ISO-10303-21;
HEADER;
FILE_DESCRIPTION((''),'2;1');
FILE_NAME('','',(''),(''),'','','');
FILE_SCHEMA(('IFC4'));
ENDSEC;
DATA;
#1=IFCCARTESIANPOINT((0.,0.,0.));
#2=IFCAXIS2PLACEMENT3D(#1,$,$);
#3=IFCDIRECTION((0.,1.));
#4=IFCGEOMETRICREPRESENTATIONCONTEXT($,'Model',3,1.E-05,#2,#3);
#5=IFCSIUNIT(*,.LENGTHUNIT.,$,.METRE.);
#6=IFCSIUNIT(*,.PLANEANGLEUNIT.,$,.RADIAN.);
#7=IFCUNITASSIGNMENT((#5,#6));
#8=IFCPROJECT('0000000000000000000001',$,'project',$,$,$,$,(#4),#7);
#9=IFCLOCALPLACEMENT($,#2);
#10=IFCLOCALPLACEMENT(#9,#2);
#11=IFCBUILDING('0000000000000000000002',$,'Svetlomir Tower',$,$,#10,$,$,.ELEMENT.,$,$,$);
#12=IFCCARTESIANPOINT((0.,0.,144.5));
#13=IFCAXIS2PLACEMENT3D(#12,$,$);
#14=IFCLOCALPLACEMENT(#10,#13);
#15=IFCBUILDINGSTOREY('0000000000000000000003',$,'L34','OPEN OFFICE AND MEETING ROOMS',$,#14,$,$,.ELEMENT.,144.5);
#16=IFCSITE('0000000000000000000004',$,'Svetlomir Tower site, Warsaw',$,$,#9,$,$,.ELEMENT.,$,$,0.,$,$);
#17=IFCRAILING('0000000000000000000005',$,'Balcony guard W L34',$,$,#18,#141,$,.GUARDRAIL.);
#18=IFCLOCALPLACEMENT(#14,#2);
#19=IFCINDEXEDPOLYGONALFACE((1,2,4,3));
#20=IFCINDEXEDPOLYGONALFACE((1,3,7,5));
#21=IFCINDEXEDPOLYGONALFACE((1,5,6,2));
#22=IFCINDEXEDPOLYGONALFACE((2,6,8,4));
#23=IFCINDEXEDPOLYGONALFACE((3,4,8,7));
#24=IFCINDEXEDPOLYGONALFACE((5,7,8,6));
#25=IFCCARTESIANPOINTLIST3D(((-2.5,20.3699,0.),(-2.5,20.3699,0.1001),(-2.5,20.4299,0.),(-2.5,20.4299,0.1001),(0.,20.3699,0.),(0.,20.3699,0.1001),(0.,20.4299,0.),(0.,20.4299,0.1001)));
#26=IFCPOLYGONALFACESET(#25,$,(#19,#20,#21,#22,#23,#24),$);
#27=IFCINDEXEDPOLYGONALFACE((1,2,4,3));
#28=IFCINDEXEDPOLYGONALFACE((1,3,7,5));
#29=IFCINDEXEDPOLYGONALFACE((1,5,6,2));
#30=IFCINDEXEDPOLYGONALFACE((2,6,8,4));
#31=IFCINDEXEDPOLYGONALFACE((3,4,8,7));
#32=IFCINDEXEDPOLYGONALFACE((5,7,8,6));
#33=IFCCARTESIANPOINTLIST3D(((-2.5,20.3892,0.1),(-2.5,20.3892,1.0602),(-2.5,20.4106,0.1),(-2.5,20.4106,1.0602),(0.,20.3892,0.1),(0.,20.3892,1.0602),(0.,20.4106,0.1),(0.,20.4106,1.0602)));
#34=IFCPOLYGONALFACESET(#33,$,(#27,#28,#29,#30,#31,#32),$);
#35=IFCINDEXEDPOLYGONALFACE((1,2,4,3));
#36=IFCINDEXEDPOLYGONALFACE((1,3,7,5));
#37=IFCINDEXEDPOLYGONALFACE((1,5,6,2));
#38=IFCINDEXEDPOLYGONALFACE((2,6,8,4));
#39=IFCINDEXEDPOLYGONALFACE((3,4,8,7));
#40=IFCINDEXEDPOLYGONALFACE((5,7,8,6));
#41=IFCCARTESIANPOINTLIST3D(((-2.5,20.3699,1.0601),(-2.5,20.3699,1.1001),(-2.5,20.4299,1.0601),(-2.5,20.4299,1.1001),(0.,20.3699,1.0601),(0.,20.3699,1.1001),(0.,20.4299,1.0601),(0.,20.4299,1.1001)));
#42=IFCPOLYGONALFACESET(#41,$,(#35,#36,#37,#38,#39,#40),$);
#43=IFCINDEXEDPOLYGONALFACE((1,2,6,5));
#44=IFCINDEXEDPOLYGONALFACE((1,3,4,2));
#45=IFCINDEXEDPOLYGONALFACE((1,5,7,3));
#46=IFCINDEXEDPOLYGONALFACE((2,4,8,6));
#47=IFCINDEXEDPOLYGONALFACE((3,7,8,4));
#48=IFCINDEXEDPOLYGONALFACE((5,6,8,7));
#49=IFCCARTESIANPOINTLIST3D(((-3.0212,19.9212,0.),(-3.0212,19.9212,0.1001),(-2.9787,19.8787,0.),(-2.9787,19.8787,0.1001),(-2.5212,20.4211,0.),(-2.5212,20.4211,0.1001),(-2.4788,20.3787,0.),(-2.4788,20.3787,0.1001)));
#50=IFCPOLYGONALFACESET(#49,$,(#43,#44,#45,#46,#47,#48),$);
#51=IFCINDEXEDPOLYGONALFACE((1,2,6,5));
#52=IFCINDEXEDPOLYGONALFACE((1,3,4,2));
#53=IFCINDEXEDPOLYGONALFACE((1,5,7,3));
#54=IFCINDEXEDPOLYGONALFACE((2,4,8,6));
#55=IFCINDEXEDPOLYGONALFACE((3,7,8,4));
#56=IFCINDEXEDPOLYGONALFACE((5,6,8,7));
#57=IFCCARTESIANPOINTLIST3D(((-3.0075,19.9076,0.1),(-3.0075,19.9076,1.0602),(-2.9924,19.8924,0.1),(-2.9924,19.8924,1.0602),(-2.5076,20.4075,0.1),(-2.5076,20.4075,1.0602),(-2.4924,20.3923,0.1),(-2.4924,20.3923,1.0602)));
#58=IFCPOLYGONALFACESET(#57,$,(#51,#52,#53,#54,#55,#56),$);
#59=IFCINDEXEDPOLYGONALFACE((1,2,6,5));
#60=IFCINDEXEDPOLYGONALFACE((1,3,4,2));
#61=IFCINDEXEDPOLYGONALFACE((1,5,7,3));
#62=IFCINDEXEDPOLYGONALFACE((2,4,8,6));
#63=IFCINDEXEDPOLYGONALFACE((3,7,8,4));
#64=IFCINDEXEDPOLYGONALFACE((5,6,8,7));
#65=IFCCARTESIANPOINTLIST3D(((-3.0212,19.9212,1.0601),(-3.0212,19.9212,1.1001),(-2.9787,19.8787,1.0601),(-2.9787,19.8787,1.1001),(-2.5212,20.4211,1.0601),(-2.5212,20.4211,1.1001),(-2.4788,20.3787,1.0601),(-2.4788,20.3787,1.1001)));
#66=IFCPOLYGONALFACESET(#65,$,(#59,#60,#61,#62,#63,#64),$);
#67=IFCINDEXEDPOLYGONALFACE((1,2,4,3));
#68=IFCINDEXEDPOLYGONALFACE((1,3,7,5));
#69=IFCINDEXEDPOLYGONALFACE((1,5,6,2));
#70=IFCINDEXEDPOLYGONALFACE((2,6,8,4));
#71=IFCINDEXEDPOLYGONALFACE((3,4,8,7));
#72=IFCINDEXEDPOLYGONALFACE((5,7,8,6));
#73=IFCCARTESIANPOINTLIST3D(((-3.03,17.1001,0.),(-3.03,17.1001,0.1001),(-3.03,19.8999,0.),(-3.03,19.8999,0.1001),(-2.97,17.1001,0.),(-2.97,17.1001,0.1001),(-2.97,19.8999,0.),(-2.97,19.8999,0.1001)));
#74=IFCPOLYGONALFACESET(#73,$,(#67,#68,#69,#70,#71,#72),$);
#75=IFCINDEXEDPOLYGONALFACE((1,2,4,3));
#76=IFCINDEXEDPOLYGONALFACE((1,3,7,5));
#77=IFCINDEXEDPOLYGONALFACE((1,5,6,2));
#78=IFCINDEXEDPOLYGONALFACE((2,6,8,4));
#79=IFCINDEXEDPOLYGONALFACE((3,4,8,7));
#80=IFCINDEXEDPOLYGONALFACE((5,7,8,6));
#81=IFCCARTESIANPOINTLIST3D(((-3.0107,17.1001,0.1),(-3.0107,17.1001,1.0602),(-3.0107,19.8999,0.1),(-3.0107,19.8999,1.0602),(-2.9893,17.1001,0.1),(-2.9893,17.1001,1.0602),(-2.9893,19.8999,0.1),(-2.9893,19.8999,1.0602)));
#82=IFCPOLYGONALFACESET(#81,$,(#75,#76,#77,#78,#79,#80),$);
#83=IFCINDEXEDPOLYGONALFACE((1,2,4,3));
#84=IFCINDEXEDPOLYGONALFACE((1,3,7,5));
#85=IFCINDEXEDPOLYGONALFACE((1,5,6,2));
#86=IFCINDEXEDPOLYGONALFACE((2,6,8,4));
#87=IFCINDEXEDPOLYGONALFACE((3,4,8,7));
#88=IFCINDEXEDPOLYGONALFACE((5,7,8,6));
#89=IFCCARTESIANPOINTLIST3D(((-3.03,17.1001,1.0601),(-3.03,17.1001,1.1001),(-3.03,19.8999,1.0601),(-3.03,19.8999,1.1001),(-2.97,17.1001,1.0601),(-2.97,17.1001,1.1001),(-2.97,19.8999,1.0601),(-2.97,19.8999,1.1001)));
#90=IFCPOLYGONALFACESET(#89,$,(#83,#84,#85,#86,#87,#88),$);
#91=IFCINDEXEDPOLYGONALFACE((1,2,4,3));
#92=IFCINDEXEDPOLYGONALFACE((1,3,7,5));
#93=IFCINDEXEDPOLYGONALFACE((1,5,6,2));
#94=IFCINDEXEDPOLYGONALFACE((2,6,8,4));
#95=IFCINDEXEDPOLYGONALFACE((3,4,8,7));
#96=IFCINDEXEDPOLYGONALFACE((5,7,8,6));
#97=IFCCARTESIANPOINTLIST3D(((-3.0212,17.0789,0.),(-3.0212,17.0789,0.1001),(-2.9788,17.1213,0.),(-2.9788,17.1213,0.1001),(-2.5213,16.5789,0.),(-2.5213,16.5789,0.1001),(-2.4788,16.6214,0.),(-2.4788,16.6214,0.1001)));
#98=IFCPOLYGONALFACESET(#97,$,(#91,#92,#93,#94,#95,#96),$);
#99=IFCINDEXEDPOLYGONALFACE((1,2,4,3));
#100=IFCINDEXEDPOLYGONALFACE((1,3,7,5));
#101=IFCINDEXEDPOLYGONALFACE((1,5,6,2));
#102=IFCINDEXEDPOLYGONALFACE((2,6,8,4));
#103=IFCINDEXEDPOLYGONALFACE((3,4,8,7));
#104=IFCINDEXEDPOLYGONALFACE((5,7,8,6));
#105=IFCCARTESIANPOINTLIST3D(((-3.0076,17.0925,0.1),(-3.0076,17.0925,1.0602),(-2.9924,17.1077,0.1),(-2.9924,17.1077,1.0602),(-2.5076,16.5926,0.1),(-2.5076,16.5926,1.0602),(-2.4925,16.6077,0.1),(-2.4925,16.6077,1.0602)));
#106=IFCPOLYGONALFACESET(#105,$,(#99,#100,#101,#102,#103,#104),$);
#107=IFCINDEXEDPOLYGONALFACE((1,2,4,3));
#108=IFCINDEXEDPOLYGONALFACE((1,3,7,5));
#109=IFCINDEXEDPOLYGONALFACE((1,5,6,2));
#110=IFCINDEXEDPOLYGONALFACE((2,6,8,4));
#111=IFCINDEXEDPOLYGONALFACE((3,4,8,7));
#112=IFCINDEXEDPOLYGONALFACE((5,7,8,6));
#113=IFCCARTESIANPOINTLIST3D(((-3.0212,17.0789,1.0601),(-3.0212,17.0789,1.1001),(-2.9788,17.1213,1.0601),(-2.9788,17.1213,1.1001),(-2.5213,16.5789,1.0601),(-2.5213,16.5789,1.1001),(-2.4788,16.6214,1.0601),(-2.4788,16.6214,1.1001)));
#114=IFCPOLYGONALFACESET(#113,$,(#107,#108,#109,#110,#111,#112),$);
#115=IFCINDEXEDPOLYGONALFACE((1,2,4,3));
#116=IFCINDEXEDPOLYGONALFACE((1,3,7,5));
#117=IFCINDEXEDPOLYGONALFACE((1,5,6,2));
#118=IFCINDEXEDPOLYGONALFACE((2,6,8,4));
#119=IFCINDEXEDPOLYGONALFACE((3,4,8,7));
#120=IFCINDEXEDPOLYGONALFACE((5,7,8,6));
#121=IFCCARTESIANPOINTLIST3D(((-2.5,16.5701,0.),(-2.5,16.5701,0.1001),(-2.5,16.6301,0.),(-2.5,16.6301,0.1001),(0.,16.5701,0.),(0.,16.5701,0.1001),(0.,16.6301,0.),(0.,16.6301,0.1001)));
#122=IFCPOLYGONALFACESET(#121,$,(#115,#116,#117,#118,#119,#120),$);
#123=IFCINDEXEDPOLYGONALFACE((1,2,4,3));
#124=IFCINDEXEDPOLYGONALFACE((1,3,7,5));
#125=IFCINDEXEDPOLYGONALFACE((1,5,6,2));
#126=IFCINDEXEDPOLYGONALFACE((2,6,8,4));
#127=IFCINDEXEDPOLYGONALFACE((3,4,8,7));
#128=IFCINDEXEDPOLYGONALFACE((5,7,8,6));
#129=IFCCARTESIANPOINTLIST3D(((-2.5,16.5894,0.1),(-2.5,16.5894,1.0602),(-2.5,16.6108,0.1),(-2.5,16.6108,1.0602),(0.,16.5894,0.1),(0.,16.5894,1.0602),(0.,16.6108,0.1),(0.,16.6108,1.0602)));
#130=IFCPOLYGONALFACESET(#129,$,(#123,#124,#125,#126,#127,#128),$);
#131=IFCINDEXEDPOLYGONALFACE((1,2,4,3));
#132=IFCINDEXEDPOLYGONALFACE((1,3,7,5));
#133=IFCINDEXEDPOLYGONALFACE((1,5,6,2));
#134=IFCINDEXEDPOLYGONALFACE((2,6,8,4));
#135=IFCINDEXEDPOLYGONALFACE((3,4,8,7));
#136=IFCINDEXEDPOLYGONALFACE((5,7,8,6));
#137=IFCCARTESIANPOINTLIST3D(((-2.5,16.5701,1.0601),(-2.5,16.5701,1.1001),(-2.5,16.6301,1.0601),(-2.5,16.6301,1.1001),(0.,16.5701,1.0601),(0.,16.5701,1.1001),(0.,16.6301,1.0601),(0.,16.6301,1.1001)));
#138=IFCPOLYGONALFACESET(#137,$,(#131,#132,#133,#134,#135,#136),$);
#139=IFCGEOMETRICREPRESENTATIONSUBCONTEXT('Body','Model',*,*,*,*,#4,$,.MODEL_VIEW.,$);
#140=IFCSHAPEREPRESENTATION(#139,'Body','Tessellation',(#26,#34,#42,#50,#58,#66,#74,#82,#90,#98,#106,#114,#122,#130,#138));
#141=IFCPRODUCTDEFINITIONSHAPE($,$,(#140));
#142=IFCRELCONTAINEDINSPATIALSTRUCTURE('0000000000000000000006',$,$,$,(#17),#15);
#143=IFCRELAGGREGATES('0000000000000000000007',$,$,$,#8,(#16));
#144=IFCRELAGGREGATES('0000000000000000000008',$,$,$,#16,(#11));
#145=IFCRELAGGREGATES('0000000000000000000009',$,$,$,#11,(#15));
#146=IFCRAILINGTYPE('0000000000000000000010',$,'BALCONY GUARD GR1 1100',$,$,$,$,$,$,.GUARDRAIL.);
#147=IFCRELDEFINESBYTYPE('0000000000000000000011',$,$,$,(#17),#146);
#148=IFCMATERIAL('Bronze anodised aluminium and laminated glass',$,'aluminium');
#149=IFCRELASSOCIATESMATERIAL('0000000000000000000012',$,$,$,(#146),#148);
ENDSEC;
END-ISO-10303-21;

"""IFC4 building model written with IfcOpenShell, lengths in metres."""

from ifc_helpers import new_model, si_unit, direction, frame, origin, origin_2d, place, context, subcontext, project, spatial, rectangle, extrude, material, type_object, element, save


model = new_model("IFC4")

# Units and contexts
model_context = context("Model", 3, precision=1e-05, world=origin(), true_north=direction((0.0, 1.0)))
body_context = subcontext(model_context, "Body", "Model", "MODEL_VIEW")
ifc_project = project(units=[si_unit("LENGTHUNIT", "METRE"), si_unit("PLANEANGLEUNIT", "RADIAN")], contexts=[model_context])

# Site, building, storey
site_placement = place(None, origin())
site = spatial("IfcSite", under=ifc_project, at=site_placement, Name="Svetlomir Tower site, Warsaw", CompositionType="ELEMENT", RefElevation=0.0)
building_placement = place(site_placement, origin())
building = spatial("IfcBuilding", under=site, at=building_placement, Name="Svetlomir Tower", CompositionType="ELEMENT")
storey_placement = place(building_placement, frame((0.0, 0.0, 144.5)))
storey = spatial("IfcBuildingStorey", under=building, at=storey_placement, Name="L34", Description="OPEN OFFICE AND MEETING ROOMS", CompositionType="ELEMENT", Elevation=144.5)

# Railing
ifc_material_1 = material(Name="Bronze anodised aluminium and laminated glass", Category="aluminium")
railing_type_1 = type_object("IfcRailingType", Name="BALCONY GUARD GR1 1100", PredefinedType="GUARDRAIL", material=ifc_material_1)
railing_1_placement = place(storey_placement, frame((0.0, 20.3999, 0.0)))
element("IfcRailing", 1, at=railing_1_placement, inside=storey, type_object=railing_type_1, Name="Balcony guard W L34", PredefinedType="GUARDRAIL", context=body_context, shape_type="SweptSolid", body=[
    extrude(rectangle(XDim=0.0601, YDim=0.1001, at=origin_2d()), frame((0.0, 0.0, 0.05), z_axis=(-1.0, 0.0, 0.0), x_axis=(0.0, -1.0, 0.0)), (0.0, 0.0, 1.0), 2.5),
    extrude(rectangle(XDim=0.0215, YDim=0.9602, at=origin_2d()), frame((0.0, 0.0, 0.5801), z_axis=(-1.0, 0.0, 0.0), x_axis=(0.0, -1.0, 0.0)), (0.0, 0.0, 1.0), 2.5),
    extrude(rectangle(XDim=0.0601, YDim=0.04, at=origin_2d()), frame((0.0, 0.0, 1.0801), z_axis=(-1.0, 0.0, 0.0), x_axis=(0.0, -1.0, 0.0)), (0.0, 0.0, 1.0), 2.5),
    extrude(rectangle(XDim=0.0601, YDim=0.1001, at=origin_2d()), frame((-2.5, 0.0, 0.05), z_axis=(-0.707107, -0.707107, 0.0), x_axis=(0.707107, -0.707107, 0.0)), (0.0, 0.0, 1.0), 0.707),
    extrude(rectangle(XDim=0.0215, YDim=0.9602, at=origin_2d()), frame((-2.5, 0.0, 0.5801), z_axis=(-0.707107, -0.707107, 0.0), x_axis=(0.707107, -0.707107, 0.0)), (0.0, 0.0, 1.0), 0.707),
    extrude(rectangle(XDim=0.0601, YDim=0.04, at=origin_2d()), frame((-2.5, 0.0, 1.0801), z_axis=(-0.707107, -0.707107, 0.0), x_axis=(0.707107, -0.707107, 0.0)), (0.0, 0.0, 1.0), 0.707),
    extrude(rectangle(XDim=0.0601, YDim=0.1001, at=origin_2d()), frame((-3.0, -0.5, 0.05), z_axis=(0.0, -1.0, 0.0), x_axis=(1.0, 0.0, 0.0)), (0.0, 0.0, 1.0), 2.7998),
    extrude(rectangle(XDim=0.0215, YDim=0.9602, at=origin_2d()), frame((-3.0, -0.5, 0.5801), z_axis=(0.0, -1.0, 0.0), x_axis=(1.0, 0.0, 0.0)), (0.0, 0.0, 1.0), 2.7998),
    extrude(rectangle(XDim=0.0601, YDim=0.04, at=origin_2d()), frame((-3.0, -0.5, 1.0801), z_axis=(0.0, -1.0, 0.0), x_axis=(1.0, 0.0, 0.0)), (0.0, 0.0, 1.0), 2.7998),
    extrude(rectangle(XDim=0.0601, YDim=0.1001, at=origin_2d()), frame((-3.0, -3.2998, 0.05), z_axis=(0.707107, -0.707107, 0.0), x_axis=(0.707107, 0.707107, 0.0)), (0.0, 0.0, 1.0), 0.707),
    extrude(rectangle(XDim=0.0215, YDim=0.9602, at=origin_2d()), frame((-3.0, -3.2998, 0.5801), z_axis=(0.707107, -0.707107, 0.0), x_axis=(0.707107, 0.707107, 0.0)), (0.0, 0.0, 1.0), 0.707),
    extrude(rectangle(XDim=0.0601, YDim=0.04, at=origin_2d()), frame((-3.0, -3.2998, 1.0801), z_axis=(0.707107, -0.707107, 0.0), x_axis=(0.707107, 0.707107, 0.0)), (0.0, 0.0, 1.0), 0.707),
    extrude(rectangle(XDim=0.0601, YDim=0.1001, at=origin_2d()), frame((-2.5, -3.7998, 0.05), z_axis=(1.0, 0.0, 0.0), x_axis=(0.0, 1.0, 0.0)), (0.0, 0.0, 1.0), 2.5),
    extrude(rectangle(XDim=0.0215, YDim=0.9602, at=origin_2d()), frame((-2.5, -3.7998, 0.5801), z_axis=(1.0, 0.0, 0.0), x_axis=(0.0, 1.0, 0.0)), (0.0, 0.0, 1.0), 2.5),
    extrude(rectangle(XDim=0.0601, YDim=0.04, at=origin_2d()), frame((-2.5, -3.7998, 1.0801), z_axis=(1.0, 0.0, 0.0), x_axis=(0.0, 1.0, 0.0)), (0.0, 0.0, 1.0), 2.5),
])

save(model, "model.ifc")
